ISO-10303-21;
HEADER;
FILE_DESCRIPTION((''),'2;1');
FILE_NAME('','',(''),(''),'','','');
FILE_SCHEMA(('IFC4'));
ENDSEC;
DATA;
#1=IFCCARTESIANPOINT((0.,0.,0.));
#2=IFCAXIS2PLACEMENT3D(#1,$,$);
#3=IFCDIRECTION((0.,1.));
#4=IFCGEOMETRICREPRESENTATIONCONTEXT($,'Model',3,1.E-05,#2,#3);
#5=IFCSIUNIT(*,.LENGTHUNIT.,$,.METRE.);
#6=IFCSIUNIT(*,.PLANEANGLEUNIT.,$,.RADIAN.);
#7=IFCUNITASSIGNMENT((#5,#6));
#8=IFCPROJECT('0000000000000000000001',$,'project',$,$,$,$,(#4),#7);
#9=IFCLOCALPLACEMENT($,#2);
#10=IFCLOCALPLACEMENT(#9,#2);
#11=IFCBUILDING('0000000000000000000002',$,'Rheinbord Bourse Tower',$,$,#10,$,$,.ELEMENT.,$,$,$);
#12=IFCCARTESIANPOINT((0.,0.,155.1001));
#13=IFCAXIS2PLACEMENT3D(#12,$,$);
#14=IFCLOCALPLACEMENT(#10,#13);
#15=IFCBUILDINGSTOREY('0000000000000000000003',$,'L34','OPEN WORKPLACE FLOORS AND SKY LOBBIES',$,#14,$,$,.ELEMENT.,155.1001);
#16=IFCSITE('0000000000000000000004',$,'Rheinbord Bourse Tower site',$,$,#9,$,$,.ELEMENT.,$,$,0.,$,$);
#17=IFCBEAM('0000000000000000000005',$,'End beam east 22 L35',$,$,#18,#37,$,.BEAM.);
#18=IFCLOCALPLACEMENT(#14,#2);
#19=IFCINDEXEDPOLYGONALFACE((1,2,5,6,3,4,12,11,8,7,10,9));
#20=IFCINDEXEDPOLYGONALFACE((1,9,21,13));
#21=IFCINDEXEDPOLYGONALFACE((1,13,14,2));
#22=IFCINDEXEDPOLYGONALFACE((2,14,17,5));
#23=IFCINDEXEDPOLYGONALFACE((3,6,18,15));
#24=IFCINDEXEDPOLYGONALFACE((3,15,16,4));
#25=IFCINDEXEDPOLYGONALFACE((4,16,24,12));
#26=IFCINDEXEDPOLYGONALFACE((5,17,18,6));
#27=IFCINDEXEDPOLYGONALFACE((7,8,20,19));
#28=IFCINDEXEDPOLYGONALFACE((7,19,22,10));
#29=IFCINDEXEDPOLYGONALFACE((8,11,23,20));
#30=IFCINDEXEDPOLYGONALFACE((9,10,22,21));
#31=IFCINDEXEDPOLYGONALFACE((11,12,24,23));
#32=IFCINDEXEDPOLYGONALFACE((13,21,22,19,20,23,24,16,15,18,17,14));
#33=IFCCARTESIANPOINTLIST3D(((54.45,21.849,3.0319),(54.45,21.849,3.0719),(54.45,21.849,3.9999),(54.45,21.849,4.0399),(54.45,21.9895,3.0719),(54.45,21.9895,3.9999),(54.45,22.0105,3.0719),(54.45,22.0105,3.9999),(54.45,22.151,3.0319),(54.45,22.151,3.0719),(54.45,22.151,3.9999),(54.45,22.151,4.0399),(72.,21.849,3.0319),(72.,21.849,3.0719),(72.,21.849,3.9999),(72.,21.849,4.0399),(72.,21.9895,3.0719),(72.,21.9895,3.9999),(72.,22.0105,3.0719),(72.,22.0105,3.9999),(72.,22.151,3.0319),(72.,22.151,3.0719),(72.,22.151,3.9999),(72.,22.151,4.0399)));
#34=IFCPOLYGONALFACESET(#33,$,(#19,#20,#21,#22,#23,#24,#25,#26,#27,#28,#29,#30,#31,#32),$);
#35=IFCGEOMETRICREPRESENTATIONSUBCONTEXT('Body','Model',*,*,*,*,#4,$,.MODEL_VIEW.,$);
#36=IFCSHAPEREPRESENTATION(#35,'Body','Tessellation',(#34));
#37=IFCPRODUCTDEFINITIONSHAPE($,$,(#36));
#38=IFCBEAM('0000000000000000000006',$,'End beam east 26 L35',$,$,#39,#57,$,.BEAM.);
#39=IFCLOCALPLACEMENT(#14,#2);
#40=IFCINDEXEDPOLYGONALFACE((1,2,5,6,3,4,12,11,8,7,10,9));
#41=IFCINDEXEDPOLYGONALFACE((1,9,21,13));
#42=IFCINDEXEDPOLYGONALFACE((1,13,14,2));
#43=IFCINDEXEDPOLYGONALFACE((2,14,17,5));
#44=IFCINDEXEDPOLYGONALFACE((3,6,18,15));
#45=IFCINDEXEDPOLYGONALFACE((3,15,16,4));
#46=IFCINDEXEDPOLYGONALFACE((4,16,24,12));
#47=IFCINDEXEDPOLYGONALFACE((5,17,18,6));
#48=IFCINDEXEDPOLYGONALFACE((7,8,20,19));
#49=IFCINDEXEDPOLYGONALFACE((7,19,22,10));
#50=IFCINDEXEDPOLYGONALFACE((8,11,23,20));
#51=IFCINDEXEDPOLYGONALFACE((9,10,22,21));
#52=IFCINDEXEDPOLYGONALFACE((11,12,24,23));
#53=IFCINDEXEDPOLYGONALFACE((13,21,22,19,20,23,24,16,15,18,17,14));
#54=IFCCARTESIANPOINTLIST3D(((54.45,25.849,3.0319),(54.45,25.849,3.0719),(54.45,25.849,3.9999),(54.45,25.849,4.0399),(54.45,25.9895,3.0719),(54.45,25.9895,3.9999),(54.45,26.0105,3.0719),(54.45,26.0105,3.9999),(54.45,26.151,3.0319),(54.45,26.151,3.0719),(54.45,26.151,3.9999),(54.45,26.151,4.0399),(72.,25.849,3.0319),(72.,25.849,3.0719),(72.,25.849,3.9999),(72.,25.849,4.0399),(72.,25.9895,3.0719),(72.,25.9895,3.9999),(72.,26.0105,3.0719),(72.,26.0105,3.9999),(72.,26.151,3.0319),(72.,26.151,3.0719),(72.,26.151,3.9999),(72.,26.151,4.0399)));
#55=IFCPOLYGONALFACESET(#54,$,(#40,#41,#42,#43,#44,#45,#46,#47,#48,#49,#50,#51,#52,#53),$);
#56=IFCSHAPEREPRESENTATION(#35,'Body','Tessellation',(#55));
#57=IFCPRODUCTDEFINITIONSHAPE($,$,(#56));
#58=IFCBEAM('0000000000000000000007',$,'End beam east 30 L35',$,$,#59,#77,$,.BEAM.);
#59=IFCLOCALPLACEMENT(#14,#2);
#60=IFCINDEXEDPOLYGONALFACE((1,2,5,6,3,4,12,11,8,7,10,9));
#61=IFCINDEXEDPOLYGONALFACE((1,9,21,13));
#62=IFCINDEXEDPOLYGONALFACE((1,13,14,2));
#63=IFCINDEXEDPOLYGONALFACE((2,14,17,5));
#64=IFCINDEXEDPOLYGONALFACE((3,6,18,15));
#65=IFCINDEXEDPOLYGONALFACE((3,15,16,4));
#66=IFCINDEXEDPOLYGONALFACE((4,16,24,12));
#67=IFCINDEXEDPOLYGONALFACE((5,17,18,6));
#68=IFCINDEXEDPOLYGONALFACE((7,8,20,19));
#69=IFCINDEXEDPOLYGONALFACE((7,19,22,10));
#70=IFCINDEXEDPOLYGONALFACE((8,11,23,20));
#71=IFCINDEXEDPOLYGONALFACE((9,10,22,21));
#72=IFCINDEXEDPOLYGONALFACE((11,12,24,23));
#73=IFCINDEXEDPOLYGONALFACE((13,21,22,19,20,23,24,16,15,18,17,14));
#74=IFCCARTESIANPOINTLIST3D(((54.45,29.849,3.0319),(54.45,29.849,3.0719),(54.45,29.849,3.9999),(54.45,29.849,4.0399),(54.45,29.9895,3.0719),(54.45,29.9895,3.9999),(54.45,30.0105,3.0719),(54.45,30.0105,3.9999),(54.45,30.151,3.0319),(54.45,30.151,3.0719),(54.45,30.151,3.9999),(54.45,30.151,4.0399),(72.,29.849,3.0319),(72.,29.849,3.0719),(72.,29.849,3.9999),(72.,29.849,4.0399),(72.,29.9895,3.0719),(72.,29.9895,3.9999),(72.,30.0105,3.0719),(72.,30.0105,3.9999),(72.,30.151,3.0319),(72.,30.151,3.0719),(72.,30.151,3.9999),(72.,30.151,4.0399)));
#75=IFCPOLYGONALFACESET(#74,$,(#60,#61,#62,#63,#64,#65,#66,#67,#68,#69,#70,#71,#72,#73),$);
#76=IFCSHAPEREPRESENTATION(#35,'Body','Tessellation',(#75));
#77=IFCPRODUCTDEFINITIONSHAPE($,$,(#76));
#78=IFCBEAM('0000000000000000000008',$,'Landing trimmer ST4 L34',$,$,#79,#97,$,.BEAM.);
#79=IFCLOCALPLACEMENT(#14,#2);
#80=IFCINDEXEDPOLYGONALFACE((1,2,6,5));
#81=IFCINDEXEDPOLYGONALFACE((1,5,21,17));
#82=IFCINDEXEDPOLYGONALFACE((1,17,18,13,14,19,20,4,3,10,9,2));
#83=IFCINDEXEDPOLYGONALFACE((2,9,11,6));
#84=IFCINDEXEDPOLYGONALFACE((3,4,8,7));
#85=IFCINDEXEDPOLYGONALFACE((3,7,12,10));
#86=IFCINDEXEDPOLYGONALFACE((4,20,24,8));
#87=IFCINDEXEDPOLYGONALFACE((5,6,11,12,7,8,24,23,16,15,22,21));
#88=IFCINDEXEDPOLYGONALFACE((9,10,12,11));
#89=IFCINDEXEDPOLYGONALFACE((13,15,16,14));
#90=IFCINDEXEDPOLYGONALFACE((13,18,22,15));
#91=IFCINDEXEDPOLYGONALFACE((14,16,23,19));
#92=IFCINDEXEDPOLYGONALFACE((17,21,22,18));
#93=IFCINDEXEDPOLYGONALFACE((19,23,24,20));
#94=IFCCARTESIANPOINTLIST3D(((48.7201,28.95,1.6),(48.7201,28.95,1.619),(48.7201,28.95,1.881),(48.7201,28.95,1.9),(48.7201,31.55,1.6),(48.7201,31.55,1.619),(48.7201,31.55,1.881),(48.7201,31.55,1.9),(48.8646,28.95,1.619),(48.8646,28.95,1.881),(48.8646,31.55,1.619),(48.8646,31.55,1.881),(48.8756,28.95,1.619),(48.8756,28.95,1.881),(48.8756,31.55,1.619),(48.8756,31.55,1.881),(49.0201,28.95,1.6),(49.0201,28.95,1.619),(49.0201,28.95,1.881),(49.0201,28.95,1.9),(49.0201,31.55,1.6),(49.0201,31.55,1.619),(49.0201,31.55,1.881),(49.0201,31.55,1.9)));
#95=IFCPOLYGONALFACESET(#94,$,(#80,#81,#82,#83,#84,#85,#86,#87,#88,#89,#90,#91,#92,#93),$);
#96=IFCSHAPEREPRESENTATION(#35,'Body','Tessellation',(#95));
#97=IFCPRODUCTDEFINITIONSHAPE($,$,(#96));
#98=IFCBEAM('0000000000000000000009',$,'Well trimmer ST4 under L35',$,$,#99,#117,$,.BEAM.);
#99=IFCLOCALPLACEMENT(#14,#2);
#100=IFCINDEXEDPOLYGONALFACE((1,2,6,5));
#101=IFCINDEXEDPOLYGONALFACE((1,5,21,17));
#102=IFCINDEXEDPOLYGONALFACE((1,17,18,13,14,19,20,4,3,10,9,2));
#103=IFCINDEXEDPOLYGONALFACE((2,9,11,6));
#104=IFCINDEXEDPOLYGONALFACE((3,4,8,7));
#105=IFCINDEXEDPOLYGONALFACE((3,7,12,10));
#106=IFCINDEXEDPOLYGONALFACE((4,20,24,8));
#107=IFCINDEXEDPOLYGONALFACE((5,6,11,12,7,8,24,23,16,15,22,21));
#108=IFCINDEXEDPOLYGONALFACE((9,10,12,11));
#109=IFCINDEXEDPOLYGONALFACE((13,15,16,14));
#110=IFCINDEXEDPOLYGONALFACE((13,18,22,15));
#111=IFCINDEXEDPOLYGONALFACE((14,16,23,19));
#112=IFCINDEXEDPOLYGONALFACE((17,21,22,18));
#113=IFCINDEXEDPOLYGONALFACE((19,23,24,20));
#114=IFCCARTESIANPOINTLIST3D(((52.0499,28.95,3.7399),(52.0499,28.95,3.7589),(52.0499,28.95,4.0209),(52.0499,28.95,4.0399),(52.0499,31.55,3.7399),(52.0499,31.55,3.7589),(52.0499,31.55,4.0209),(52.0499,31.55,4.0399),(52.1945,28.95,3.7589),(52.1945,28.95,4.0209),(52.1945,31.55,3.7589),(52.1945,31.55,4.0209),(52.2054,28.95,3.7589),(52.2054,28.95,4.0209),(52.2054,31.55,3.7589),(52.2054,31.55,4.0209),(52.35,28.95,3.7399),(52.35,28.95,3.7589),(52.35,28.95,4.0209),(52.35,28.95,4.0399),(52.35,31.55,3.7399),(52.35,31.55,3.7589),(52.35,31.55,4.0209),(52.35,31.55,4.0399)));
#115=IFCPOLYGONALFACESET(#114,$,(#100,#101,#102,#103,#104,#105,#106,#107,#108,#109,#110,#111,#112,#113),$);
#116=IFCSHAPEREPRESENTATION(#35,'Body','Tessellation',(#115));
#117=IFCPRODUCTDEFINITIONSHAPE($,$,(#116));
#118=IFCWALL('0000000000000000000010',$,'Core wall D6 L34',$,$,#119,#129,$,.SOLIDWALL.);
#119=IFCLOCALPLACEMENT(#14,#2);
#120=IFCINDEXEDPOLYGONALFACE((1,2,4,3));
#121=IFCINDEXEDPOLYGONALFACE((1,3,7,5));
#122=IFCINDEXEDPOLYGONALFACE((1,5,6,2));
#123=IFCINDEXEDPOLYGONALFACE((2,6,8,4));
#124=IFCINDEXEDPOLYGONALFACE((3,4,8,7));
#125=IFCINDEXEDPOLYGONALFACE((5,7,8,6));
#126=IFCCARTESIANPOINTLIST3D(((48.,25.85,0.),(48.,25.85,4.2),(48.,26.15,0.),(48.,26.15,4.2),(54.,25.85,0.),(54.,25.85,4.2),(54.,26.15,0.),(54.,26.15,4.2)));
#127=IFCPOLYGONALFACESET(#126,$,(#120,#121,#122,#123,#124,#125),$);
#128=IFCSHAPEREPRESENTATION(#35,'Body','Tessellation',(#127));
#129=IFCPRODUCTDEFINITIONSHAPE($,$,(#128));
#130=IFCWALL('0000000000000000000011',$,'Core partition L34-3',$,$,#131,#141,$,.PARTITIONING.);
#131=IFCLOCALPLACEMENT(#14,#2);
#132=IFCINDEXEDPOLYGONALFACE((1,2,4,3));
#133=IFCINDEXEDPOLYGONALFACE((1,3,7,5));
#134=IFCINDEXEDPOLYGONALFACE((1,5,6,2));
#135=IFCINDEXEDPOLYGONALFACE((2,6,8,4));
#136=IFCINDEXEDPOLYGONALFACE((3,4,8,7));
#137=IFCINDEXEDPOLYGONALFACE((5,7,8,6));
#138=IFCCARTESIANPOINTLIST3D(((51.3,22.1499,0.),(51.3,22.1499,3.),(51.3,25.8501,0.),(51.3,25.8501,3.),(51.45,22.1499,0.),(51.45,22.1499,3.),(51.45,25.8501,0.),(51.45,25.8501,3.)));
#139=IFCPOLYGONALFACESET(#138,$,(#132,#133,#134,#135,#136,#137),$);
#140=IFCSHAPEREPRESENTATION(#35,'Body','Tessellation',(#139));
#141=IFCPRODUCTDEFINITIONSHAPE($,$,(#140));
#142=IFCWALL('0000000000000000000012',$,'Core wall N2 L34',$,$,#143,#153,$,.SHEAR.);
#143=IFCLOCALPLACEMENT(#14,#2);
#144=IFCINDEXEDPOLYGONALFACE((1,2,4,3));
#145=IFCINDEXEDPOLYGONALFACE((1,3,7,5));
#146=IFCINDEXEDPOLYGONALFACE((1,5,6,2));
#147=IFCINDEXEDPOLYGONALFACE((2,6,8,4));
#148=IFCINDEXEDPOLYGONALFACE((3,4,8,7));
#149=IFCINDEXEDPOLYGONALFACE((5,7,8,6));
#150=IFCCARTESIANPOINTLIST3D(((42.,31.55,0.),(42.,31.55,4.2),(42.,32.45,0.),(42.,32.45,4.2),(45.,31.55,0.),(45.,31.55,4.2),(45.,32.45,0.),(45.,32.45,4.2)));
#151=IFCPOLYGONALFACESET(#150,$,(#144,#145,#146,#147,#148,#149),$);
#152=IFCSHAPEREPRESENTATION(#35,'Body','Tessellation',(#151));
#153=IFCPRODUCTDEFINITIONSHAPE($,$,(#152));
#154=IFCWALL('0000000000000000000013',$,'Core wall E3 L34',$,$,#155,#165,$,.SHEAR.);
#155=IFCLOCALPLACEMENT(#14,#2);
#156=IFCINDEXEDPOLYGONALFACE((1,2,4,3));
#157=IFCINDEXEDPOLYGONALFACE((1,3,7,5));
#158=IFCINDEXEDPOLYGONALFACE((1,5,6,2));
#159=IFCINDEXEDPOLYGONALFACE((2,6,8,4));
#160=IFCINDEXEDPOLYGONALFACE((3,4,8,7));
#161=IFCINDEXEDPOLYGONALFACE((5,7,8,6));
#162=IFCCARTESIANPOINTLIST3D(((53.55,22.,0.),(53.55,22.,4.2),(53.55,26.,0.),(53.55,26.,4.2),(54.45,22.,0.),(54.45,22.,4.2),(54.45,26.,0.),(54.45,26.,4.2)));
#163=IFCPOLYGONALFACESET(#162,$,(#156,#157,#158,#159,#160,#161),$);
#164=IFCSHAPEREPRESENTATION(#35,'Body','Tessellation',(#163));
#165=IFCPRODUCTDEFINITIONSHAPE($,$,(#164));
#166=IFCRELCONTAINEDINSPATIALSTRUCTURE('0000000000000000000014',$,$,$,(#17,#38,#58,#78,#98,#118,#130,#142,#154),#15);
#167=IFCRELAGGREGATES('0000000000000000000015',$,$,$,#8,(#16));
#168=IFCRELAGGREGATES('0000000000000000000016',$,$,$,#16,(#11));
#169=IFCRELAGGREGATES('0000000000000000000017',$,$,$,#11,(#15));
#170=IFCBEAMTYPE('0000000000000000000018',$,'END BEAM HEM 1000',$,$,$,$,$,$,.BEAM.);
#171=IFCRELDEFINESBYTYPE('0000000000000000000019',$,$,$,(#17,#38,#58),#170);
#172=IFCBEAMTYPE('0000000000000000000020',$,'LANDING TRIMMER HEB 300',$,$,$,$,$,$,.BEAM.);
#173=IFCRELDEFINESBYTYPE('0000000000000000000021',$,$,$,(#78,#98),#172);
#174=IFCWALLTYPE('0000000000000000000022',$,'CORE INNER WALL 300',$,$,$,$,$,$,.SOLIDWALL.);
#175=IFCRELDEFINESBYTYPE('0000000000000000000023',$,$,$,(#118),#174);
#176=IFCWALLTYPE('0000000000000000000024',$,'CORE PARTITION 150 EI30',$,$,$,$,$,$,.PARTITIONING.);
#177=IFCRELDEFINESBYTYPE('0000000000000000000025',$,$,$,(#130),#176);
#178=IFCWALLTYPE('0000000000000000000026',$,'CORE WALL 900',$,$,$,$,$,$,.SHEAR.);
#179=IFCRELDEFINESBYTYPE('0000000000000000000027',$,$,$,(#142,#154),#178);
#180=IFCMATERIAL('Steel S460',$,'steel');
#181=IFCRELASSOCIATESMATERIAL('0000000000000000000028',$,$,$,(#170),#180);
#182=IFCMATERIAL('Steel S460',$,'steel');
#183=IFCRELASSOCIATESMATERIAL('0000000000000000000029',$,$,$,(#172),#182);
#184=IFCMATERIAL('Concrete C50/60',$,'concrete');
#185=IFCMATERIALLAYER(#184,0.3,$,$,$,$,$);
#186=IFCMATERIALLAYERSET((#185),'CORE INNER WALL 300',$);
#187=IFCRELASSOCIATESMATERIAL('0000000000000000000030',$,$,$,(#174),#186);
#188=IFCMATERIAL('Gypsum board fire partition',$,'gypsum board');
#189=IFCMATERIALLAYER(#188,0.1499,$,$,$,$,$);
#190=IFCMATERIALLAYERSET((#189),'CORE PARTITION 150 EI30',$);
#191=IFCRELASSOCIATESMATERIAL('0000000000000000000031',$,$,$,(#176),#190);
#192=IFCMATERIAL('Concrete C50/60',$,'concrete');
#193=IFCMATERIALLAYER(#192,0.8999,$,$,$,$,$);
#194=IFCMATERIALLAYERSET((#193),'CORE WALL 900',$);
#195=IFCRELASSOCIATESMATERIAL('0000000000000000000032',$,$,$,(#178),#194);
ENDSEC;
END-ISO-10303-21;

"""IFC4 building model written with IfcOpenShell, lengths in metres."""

from ifc_helpers import new_model, si_unit, direction, frame, frame_2d, origin, origin_2d, place, context, subcontext, project, spatial, rectangle, i_section, extrude, material, layer, layer_set, material_profile, profile_set, type_object, element, save


model = new_model("IFC4")

# Units and contexts
model_context = context("Model", 3, precision=1e-05, world=origin(), true_north=direction((0.0, 1.0)))
body_context = subcontext(model_context, "Body", "Model", "MODEL_VIEW")
ifc_project = project(units=[si_unit("LENGTHUNIT", "METRE"), si_unit("PLANEANGLEUNIT", "RADIAN")], contexts=[model_context])

# Site, building, storey
site_placement = place(None, origin())
site = spatial("IfcSite", under=ifc_project, at=site_placement, Name="Rheinbord Bourse Tower site", CompositionType="ELEMENT", RefElevation=0.0)
building_placement = place(site_placement, origin())
building = spatial("IfcBuilding", under=site, at=building_placement, Name="Rheinbord Bourse Tower", CompositionType="ELEMENT")
storey_placement = place(building_placement, frame((0.0, 0.0, 155.1001)))
storey = spatial("IfcBuildingStorey", under=building, at=storey_placement, Name="L34", Description="OPEN WORKPLACE FLOORS AND SKY LOBBIES", CompositionType="ELEMENT", Elevation=155.1001)

# Beams
ifc_material_1 = material(Name="Steel S460", Category="steel")
ifc_material_profile_1 = material_profile(ifc_material_1, i_section(OverallWidth=0.302, OverallDepth=1.0081, WebThickness=0.021, FlangeThickness=0.04, at=origin_2d()), Name="HEM 1000")
ifc_profile_set_1 = profile_set([ifc_material_profile_1], Name="Steel S460")
beam_type_1 = type_object("IfcBeamType", Name="END BEAM HEM 1000", PredefinedType="BEAM", material=ifc_profile_set_1)
for number, where, z_axis, x_axis, name in (
    (1, (54.45, 22.0, 3.5359), (1.0, 0.0, 0.0), (0.0, 1.0, 0.0), "End beam east 22 L35"),
    (2, (54.45, 26.0, 3.5359), (1.0, 0.0, 0.0), (0.0, 1.0, 0.0), "End beam east 26 L35"),
    (3, (54.45, 30.0, 3.5359), (1.0, 0.0, 0.0), (0.0, 1.0, 0.0), "End beam east 30 L35"),
):
    element("IfcBeam", number, at=place(storey_placement, frame(where, z_axis=z_axis, x_axis=x_axis)), inside=storey, type_object=beam_type_1, Name=name, PredefinedType="BEAM", context=body_context, shape_type="SweptSolid", body=[
        extrude(i_section(OverallWidth=0.302, OverallDepth=1.0081, WebThickness=0.021, FlangeThickness=0.04, at=origin_2d()), origin(), (0.0, 0.0, 1.0), 17.55),
    ])
ifc_material_2 = material(Name="Steel S460", Category="steel")
ifc_material_profile_2 = material_profile(ifc_material_2, i_section(OverallWidth=0.3, OverallDepth=0.3, WebThickness=0.011, FlangeThickness=0.019, at=origin_2d()), Name="HEB 300")
ifc_profile_set_2 = profile_set([ifc_material_profile_2], Name="Steel S460")
beam_type_2 = type_object("IfcBeamType", Name="LANDING TRIMMER HEB 300", PredefinedType="BEAM", material=ifc_profile_set_2)
for number, where, z_axis, x_axis, name in (
    (4, (48.8701, 28.95, 1.75), (0.0, 1.0, 0.0), (-1.0, 0.0, 0.0), "Landing trimmer ST4 L34"),
    (5, (52.2, 28.95, 3.8899), (0.0, 1.0, 0.0), (-1.0, 0.0, 0.0), "Well trimmer ST4 under L35"),
):
    element("IfcBeam", number, at=place(storey_placement, frame(where, z_axis=z_axis, x_axis=x_axis)), inside=storey, type_object=beam_type_2, Name=name, PredefinedType="BEAM", context=body_context, shape_type="SweptSolid", body=[
        extrude(i_section(OverallWidth=0.3, OverallDepth=0.3, WebThickness=0.011, FlangeThickness=0.019, at=origin_2d()), origin(), (0.0, 0.0, 1.0), 2.6001),
    ])

# Walls
ifc_material_3 = material(Name="Concrete C50/60", Category="concrete")
ifc_layer_1 = layer(ifc_material_3, 0.3)
ifc_layer_set_1 = layer_set([ifc_layer_1], Name="CORE INNER WALL 300")
wall_type_1 = type_object("IfcWallType", Name="CORE INNER WALL 300", PredefinedType="SOLIDWALL", material=ifc_layer_set_1)
wall_1_placement = place(storey_placement, frame((48.0, 26.0, 0.0), z_axis=(0.0, 0.0, 1.0), x_axis=(1.0, 0.0, 0.0)))
element("IfcWall", 6, at=wall_1_placement, inside=storey, type_object=wall_type_1, Name="Core wall D6 L34", PredefinedType="SOLIDWALL", context=body_context, shape_type="SweptSolid", body=[
    extrude(rectangle(XDim=6.0, YDim=0.3, at=frame_2d((3.0, 0.0))), origin(), (0.0, 0.0, 1.0), 4.2),
])
ifc_material_4 = material(Name="Gypsum board fire partition", Category="gypsum board")
ifc_layer_2 = layer(ifc_material_4, 0.1499)
ifc_layer_set_2 = layer_set([ifc_layer_2], Name="CORE PARTITION 150 EI30")
wall_type_2 = type_object("IfcWallType", Name="CORE PARTITION 150 EI30", PredefinedType="PARTITIONING", material=ifc_layer_set_2)
wall_2_placement = place(storey_placement, frame((51.375, 22.1499, 0.0), z_axis=(0.0, 0.0, 1.0), x_axis=(0.0, 1.0, 0.0)))
element("IfcWall", 7, at=wall_2_placement, inside=storey, type_object=wall_type_2, Name="Core partition L34-3", PredefinedType="PARTITIONING", context=body_context, shape_type="SweptSolid", body=[
    extrude(rectangle(XDim=3.7002, YDim=0.1499, at=frame_2d((1.8501, 0.0))), origin(), (0.0, 0.0, 1.0), 3.0),
])
ifc_material_5 = material(Name="Concrete C50/60", Category="concrete")
ifc_layer_3 = layer(ifc_material_5, 0.8999)
ifc_layer_set_3 = layer_set([ifc_layer_3], Name="CORE WALL 900")
wall_type_3 = type_object("IfcWallType", Name="CORE WALL 900", PredefinedType="SHEAR", material=ifc_layer_set_3)
wall_3_placement = place(storey_placement, frame((45.0, 32.0, 0.0), z_axis=(0.0, 0.0, 1.0), x_axis=(-1.0, 0.0, 0.0)))
element("IfcWall", 8, at=wall_3_placement, inside=storey, type_object=wall_type_3, Name="Core wall N2 L34", PredefinedType="SHEAR", context=body_context, shape_type="SweptSolid", body=[
    extrude(rectangle(XDim=3.0, YDim=0.8999, at=frame_2d((1.5, 0.0))), origin(), (0.0, 0.0, 1.0), 4.2),
])
wall_4_placement = place(storey_placement, frame((54.0, 22.0, 0.0), z_axis=(0.0, 0.0, 1.0), x_axis=(0.0, 1.0, 0.0)))
element("IfcWall", 9, at=wall_4_placement, inside=storey, type_object=wall_type_3, Name="Core wall E3 L34", PredefinedType="SHEAR", context=body_context, shape_type="SweptSolid", body=[
    extrude(rectangle(XDim=4.0, YDim=0.8999, at=frame_2d((2.0, 0.0))), origin(), (0.0, 0.0, 1.0), 4.2),
])

save(model, "model.ifc")
